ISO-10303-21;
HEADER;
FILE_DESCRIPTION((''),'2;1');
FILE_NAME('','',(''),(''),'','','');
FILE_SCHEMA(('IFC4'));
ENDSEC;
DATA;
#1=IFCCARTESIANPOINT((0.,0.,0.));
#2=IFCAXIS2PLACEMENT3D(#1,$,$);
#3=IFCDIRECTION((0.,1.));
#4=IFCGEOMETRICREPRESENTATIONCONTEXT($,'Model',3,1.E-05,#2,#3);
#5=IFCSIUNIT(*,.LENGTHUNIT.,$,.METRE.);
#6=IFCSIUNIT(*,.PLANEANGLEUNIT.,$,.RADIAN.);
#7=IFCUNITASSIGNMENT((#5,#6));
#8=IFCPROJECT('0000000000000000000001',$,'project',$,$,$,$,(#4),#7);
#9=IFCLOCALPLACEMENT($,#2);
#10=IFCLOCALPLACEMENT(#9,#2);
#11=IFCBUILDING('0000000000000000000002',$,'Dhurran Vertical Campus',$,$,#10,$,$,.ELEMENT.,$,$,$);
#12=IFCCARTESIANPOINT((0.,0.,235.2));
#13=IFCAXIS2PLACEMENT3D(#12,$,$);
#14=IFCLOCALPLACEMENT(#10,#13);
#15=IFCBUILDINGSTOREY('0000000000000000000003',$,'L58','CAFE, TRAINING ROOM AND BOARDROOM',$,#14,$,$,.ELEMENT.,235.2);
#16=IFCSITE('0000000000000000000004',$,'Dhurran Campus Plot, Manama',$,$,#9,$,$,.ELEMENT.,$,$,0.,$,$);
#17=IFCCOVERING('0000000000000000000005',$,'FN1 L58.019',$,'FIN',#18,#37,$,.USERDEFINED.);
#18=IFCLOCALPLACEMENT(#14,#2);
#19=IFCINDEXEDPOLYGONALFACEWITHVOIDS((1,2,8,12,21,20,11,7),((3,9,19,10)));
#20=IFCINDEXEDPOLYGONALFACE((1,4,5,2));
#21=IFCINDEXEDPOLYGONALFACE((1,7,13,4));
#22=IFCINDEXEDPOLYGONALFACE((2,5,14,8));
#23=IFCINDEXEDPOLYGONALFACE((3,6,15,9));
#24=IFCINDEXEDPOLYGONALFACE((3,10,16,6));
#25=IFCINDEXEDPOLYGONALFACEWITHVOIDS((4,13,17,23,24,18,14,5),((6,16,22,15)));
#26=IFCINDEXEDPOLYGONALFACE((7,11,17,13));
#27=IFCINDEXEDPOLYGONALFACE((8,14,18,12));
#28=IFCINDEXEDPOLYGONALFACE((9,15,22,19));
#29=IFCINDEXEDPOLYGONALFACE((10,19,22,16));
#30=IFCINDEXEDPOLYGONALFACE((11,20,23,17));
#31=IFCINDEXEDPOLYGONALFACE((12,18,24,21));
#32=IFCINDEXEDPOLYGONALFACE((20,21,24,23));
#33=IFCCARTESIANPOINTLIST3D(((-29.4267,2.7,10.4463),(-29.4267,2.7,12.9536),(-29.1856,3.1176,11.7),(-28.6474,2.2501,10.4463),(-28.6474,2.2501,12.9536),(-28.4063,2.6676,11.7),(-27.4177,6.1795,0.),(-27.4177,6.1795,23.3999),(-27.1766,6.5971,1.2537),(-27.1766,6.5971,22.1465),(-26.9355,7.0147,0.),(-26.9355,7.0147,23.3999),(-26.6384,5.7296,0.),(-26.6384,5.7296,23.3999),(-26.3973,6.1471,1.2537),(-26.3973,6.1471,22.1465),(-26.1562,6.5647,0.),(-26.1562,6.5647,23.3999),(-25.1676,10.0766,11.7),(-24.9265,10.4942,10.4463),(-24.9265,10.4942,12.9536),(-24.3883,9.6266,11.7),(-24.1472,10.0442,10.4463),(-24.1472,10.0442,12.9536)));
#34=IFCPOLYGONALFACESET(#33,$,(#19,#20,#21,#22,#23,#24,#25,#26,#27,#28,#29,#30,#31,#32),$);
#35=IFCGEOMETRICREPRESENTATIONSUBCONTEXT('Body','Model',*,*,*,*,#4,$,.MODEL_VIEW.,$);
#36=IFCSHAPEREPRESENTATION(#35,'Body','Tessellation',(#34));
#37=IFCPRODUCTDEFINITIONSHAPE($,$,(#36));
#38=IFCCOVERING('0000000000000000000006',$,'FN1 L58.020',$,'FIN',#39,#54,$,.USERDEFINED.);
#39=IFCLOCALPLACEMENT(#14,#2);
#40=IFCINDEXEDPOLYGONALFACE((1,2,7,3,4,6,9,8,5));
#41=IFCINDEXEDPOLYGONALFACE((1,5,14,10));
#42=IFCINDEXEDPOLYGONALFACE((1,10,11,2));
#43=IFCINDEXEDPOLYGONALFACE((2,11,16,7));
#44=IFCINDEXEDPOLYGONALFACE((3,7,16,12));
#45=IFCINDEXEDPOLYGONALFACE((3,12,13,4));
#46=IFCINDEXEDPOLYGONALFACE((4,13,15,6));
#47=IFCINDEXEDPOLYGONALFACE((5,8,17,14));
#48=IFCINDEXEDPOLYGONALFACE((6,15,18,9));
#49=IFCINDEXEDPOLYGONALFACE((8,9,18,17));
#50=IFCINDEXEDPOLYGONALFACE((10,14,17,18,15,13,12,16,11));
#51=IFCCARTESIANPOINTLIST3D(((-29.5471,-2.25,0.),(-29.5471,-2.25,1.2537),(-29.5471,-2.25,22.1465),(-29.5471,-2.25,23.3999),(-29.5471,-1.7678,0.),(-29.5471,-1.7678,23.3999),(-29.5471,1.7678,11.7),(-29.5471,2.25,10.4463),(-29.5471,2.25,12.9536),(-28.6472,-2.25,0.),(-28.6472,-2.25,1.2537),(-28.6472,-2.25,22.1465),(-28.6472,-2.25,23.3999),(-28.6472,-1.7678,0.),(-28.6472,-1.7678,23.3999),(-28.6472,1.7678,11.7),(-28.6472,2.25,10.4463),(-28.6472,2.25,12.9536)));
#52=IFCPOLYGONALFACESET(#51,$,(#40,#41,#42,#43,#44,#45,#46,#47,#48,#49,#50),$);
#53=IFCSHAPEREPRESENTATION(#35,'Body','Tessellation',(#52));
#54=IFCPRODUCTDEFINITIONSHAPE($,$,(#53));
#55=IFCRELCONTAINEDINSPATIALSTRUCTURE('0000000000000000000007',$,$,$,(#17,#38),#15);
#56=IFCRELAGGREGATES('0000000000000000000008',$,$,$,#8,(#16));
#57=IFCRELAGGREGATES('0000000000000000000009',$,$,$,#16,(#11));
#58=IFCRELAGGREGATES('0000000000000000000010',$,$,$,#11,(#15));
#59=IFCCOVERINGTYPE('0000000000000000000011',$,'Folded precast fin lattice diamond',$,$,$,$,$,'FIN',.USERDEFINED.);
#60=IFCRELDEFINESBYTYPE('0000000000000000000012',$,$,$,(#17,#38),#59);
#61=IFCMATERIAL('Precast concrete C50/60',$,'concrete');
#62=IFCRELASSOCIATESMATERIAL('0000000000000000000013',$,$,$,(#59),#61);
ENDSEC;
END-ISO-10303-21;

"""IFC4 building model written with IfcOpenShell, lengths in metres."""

from ifc_helpers import new_model, si_unit, direction, frame, origin, place, context, subcontext, project, spatial, polyline, outline, extrude, material, type_object, element, save


model = new_model("IFC4")

# Units and contexts
model_context = context("Model", 3, precision=1e-05, world=origin(), true_north=direction((0.0, 1.0)))
body_context = subcontext(model_context, "Body", "Model", "MODEL_VIEW")
ifc_project = project(units=[si_unit("LENGTHUNIT", "METRE"), si_unit("PLANEANGLEUNIT", "RADIAN")], contexts=[model_context])

# Site, building, storey
site_placement = place(None, origin())
site = spatial("IfcSite", under=ifc_project, at=site_placement, Name="Dhurran Campus Plot, Manama", CompositionType="ELEMENT", RefElevation=0.0)
building_placement = place(site_placement, origin())
building = spatial("IfcBuilding", under=site, at=building_placement, Name="Dhurran Vertical Campus", CompositionType="ELEMENT")
storey_placement = place(building_placement, frame((0.0, 0.0, 235.2)))
storey = spatial("IfcBuildingStorey", under=building, at=storey_placement, Name="L58", Description="CAFE, TRAINING ROOM AND BOARDROOM", CompositionType="ELEMENT", Elevation=235.2)

# Coverings
ifc_material_1 = material(Name="Precast concrete C50/60", Category="concrete")
covering_type = type_object("IfcCoveringType", Name="Folded precast fin lattice diamond", ElementType="FIN", PredefinedType="USERDEFINED", material=ifc_material_1)
covering_1_placement = place(storey_placement, frame((-24.1472, 10.0442, 0.0), z_axis=(-0.866014, 0.50002, 0.0), x_axis=(-0.50002, -0.866014, 0.0)))
element("IfcCovering", 1, at=covering_1_placement, inside=storey, type_object=covering_type, Name="FN1 L58.019", ObjectType="FIN", PredefinedType="USERDEFINED", context=body_context, shape_type="SweptSolid", body=[
    extrude(outline(polyline([(9.0, 12.9536), (9.0, 10.4463), (4.9822, 0.0), (4.0178, 0.0), (0.0, 10.4463), (0.0, 12.9536), (4.0178, 23.3999), (4.9822, 23.3999), (9.0, 12.9536)]), holes=[polyline([(8.5178, 11.7), (4.5, 22.1465), (0.4822, 11.7), (4.5, 1.2537), (8.5178, 11.7)])]), origin(), (0.0, 0.0, 1.0), 0.8999),
])
covering_2_placement = place(storey_placement, frame((-28.6472, 2.25, 0.0), z_axis=(-1.0, 0.0, 0.0), x_axis=(0.0, -1.0, 0.0)))
element("IfcCovering", 2, at=covering_2_placement, inside=storey, type_object=covering_type, Name="FN1 L58.020", ObjectType="FIN", PredefinedType="USERDEFINED", context=body_context, shape_type="SweptSolid", body=[
    extrude(outline(polyline([(4.0178, 0.0), (0.0, 10.4463), (0.0, 12.9536), (4.0178, 23.3999), (4.5, 23.3999), (4.5, 22.1465), (0.4822, 11.7), (4.5, 1.2537), (4.5, 0.0), (4.0178, 0.0)])), origin(), (0.0, 0.0, 1.0), 0.8999),
])

save(model, "model.ifc")
